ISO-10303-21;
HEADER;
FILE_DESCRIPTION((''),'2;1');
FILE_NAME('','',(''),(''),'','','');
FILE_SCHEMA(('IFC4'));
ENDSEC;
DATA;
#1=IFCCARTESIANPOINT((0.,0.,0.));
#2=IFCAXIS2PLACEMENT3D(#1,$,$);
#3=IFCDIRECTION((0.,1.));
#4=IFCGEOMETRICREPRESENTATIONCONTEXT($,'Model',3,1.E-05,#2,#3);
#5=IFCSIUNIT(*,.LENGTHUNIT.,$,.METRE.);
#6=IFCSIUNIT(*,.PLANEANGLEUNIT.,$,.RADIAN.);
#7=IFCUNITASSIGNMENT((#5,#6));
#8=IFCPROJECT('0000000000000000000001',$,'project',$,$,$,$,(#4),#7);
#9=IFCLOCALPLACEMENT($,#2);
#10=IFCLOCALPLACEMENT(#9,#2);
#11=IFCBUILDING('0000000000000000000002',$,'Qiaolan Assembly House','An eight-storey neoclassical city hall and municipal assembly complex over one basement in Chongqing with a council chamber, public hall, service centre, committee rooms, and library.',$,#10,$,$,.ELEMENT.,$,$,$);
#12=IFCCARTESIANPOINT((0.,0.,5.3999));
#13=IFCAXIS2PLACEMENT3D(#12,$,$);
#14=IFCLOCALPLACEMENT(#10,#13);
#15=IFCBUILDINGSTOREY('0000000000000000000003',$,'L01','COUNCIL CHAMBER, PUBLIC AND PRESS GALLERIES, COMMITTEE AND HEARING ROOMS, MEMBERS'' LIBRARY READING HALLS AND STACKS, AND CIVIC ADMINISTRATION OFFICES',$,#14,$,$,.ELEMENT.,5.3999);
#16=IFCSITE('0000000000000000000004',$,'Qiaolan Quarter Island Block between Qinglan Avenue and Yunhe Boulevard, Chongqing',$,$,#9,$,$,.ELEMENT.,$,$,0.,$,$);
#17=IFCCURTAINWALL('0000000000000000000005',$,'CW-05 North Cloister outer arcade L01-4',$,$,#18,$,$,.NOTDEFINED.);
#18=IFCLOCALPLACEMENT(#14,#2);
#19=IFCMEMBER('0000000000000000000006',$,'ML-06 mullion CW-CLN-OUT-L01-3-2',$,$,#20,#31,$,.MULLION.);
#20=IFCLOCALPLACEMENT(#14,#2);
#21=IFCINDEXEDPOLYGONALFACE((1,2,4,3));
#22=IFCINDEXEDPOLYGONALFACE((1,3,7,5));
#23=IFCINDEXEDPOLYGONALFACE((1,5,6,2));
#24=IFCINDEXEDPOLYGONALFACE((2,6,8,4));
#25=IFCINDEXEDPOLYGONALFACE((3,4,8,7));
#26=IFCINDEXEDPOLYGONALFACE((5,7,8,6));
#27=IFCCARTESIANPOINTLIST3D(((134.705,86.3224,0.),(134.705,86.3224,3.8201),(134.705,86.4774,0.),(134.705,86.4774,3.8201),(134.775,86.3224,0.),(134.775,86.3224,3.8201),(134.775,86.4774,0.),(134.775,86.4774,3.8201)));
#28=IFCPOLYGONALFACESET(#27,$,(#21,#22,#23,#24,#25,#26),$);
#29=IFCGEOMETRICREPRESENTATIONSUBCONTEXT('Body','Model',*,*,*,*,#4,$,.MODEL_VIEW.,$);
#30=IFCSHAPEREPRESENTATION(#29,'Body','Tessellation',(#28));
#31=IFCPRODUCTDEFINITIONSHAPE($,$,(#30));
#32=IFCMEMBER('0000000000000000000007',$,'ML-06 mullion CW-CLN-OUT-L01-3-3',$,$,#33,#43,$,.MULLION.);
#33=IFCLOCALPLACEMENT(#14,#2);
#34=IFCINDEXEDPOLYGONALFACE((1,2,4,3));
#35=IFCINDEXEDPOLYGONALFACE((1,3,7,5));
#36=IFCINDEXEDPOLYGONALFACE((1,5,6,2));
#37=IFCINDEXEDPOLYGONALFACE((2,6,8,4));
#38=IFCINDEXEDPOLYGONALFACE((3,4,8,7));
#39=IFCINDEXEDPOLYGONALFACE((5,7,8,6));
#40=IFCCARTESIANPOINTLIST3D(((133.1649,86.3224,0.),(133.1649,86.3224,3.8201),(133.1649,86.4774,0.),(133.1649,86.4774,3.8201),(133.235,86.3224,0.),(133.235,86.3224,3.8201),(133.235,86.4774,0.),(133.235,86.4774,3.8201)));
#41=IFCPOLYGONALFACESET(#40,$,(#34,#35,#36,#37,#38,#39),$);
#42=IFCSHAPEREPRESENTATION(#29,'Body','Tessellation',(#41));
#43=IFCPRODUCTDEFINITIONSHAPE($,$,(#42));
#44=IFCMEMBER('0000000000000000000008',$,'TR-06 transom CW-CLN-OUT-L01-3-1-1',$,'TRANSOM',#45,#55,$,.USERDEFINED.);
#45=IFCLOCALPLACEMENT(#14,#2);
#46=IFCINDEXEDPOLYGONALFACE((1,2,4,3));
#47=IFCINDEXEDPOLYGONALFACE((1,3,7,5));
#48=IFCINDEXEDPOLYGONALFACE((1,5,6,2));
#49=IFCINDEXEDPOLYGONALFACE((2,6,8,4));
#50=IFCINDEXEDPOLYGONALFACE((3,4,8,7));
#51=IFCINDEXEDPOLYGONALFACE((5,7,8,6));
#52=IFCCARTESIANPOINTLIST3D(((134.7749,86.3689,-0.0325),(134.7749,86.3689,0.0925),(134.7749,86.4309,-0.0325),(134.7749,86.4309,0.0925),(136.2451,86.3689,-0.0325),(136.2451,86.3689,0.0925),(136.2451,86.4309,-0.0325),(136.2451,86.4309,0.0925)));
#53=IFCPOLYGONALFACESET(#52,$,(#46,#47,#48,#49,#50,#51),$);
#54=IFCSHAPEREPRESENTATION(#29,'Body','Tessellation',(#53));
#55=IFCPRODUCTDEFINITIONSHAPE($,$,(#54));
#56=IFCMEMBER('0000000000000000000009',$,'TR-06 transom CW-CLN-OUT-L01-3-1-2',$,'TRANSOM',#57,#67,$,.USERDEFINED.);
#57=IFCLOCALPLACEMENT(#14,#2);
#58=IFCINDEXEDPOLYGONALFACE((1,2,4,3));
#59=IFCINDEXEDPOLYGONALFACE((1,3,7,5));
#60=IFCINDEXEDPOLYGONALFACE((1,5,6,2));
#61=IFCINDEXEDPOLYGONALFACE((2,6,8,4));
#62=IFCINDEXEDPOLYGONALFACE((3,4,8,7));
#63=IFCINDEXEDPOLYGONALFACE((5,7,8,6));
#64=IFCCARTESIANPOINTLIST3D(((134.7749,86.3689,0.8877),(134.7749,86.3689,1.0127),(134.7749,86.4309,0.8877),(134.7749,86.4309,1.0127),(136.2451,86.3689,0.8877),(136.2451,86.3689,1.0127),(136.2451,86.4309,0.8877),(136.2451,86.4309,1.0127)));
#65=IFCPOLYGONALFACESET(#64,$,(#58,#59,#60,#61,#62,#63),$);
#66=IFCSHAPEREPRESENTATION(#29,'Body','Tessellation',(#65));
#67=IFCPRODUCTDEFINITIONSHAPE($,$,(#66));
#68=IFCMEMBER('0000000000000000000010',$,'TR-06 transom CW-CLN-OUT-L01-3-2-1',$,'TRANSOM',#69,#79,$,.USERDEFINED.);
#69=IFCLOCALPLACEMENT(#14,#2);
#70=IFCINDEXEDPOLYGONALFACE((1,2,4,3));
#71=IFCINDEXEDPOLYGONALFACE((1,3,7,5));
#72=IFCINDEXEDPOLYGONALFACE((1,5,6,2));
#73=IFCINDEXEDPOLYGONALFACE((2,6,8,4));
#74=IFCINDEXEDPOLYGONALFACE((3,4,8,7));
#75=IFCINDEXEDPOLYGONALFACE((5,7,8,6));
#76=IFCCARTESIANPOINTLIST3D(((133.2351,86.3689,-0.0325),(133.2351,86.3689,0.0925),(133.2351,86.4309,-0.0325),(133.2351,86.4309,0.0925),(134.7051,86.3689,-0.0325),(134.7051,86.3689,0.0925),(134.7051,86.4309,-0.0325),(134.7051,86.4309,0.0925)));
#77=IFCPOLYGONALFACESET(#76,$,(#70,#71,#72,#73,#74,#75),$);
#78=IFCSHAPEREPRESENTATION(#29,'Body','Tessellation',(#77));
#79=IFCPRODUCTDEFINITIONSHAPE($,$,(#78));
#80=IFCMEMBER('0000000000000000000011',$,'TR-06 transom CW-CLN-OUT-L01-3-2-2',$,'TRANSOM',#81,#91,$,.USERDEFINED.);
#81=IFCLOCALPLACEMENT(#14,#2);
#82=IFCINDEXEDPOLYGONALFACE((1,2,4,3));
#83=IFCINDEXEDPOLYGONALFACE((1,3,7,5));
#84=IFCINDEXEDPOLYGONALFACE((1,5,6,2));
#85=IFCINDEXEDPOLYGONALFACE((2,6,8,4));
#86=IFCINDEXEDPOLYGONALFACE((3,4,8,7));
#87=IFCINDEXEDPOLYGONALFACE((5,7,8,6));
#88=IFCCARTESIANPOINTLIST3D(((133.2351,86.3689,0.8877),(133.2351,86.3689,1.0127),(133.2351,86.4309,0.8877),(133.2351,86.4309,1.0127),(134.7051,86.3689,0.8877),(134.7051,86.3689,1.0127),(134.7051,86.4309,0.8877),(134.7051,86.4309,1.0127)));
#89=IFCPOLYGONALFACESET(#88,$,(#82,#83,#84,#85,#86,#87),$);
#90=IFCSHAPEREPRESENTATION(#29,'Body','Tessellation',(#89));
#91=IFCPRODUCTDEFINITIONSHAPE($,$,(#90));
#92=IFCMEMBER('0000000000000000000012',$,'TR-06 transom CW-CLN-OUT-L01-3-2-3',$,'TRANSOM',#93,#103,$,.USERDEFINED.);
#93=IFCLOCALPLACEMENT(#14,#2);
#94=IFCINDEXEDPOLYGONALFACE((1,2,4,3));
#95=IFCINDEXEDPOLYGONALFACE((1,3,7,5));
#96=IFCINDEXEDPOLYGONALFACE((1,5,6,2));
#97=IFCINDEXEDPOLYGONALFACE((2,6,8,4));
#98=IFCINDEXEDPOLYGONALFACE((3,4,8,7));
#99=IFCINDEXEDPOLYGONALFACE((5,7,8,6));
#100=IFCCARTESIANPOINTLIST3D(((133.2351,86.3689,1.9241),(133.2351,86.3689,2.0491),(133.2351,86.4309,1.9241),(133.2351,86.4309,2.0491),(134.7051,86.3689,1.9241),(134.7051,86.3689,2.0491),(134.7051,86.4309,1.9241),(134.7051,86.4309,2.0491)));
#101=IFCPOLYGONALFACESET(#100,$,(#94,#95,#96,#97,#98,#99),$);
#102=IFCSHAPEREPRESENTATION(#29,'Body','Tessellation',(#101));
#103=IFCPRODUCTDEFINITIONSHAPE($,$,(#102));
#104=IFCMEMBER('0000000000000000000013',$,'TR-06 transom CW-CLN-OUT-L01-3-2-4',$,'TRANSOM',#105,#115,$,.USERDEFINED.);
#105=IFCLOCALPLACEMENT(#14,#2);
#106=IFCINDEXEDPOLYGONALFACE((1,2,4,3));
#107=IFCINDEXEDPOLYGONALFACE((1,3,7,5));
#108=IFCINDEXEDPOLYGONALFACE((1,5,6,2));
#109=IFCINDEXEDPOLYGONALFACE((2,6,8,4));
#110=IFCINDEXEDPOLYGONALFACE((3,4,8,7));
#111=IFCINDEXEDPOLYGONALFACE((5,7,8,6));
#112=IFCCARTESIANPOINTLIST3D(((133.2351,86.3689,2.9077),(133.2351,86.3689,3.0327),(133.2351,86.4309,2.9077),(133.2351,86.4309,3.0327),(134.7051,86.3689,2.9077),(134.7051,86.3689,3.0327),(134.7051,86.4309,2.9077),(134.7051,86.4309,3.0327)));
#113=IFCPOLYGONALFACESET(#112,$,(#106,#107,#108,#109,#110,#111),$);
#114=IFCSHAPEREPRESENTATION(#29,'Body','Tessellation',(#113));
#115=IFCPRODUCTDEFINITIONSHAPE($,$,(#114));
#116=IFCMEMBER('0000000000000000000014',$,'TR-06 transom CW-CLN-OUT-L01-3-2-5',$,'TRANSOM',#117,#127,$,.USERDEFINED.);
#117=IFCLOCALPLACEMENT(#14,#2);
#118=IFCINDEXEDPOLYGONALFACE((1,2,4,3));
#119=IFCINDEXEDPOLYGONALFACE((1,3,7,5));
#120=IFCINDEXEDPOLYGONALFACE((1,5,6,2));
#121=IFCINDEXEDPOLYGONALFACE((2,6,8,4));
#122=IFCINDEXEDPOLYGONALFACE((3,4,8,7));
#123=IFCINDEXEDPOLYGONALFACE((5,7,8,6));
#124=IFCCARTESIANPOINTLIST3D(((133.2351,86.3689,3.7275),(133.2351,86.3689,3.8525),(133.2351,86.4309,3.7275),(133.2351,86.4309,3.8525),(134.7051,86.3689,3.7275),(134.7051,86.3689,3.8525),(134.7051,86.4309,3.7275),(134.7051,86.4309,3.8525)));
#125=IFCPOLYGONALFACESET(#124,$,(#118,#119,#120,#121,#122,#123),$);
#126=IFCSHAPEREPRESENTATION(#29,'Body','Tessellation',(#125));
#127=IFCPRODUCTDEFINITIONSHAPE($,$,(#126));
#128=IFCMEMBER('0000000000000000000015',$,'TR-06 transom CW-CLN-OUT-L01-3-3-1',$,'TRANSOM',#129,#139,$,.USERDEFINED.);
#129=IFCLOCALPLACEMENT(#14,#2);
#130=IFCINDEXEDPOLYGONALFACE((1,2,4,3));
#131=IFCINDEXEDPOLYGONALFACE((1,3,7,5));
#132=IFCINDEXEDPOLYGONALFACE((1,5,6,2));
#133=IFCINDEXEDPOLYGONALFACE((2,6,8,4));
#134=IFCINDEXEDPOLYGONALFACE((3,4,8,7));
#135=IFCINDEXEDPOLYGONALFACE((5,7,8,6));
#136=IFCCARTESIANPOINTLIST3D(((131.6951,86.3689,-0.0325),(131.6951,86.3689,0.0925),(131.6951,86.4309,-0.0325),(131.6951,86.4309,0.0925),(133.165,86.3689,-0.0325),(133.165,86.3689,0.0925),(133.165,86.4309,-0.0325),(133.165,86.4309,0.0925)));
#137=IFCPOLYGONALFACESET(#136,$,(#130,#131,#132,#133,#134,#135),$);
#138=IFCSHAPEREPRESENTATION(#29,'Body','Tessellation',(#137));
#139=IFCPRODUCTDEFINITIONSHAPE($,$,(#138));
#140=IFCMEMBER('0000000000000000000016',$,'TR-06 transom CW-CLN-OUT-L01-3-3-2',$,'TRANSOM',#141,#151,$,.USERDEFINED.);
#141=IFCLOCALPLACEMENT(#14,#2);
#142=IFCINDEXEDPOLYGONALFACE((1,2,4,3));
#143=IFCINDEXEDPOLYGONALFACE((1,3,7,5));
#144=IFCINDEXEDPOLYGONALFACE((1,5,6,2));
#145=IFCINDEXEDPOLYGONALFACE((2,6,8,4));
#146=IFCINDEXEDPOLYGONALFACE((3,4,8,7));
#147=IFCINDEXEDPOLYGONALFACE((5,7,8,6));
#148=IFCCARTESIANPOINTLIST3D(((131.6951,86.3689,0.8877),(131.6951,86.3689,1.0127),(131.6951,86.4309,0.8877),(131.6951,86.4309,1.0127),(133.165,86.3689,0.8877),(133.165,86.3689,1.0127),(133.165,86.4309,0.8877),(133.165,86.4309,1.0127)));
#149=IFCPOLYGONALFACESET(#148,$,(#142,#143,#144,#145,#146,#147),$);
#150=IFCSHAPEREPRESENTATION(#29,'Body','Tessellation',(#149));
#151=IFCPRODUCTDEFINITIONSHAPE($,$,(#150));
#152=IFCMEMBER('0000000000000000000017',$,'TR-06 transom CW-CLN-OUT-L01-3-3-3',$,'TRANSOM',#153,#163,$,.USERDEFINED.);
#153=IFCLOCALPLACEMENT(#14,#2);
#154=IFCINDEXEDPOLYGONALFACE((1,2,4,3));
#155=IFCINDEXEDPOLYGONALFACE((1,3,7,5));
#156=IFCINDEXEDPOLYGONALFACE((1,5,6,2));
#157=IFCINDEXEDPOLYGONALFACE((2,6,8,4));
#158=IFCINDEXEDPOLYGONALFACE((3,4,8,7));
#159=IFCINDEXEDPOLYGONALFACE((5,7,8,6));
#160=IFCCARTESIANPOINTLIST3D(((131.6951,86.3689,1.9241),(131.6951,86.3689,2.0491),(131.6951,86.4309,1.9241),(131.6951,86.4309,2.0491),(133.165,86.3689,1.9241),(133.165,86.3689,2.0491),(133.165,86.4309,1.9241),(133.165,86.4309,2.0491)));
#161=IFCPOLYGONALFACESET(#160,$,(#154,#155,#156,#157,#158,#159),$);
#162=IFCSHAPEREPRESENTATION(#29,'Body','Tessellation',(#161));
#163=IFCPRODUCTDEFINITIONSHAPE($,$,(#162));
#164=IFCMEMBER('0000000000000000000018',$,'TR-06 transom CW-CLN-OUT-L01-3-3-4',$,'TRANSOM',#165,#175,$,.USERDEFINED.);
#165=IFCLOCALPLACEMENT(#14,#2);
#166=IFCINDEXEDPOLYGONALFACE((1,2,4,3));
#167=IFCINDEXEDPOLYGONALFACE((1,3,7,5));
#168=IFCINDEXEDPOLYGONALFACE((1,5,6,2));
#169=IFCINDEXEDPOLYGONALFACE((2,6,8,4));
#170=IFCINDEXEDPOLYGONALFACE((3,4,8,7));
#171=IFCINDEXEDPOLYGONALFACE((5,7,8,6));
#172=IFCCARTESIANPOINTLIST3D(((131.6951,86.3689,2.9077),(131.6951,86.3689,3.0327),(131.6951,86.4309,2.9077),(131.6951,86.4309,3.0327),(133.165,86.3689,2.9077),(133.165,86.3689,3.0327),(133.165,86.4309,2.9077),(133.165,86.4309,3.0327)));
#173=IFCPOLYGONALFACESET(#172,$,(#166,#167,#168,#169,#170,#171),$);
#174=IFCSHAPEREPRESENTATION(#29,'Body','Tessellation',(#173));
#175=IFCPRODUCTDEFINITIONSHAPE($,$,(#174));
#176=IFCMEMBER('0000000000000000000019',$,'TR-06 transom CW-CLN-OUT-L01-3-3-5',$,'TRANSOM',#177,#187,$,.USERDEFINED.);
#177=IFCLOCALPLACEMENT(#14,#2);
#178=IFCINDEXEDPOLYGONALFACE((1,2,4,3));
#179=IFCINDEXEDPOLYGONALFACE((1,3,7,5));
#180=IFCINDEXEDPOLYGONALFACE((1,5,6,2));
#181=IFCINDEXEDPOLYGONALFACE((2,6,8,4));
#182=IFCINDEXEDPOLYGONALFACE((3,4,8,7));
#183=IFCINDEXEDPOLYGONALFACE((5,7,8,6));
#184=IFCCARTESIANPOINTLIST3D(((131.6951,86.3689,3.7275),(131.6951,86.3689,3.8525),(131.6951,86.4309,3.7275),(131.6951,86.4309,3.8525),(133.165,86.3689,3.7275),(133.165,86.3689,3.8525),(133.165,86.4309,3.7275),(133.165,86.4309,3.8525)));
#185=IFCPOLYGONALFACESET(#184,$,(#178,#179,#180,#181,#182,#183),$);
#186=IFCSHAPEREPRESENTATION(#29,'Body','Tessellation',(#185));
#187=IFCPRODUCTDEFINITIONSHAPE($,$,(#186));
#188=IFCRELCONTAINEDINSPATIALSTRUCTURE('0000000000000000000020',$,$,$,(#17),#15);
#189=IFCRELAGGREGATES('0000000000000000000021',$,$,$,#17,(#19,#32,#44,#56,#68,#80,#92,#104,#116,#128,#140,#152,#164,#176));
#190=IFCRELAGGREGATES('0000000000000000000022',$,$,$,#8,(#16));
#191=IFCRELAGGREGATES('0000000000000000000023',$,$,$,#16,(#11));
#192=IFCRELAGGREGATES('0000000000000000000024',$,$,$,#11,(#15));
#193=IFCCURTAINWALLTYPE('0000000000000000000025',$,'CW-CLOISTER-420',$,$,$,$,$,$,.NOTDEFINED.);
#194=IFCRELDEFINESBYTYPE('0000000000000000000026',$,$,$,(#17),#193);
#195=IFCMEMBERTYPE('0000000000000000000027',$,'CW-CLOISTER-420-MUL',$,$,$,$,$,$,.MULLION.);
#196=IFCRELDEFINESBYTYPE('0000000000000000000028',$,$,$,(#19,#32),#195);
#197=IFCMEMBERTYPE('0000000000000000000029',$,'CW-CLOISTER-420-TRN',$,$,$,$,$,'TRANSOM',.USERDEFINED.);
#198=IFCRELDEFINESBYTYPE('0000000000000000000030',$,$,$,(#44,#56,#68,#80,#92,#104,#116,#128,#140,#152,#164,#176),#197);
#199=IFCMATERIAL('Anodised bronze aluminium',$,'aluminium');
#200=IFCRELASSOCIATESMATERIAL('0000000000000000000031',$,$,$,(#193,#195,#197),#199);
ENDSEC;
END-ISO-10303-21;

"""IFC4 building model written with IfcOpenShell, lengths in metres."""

from ifc_helpers import new_model, si_unit, direction, frame, origin, origin_2d, place, context, subcontext, project, spatial, rectangle, extrude, material, material_profile, profile_set, type_object, element, aggregate, save


model = new_model("IFC4")

# Units and contexts
model_context = context("Model", 3, precision=1e-05, world=origin(), true_north=direction((0.0, 1.0)))
body_context = subcontext(model_context, "Body", "Model", "MODEL_VIEW")
ifc_project = project(units=[si_unit("LENGTHUNIT", "METRE"), si_unit("PLANEANGLEUNIT", "RADIAN")], contexts=[model_context])

# Site, building, storey
site_placement = place(None, origin())
site = spatial("IfcSite", under=ifc_project, at=site_placement, Name="Qiaolan Quarter Island Block between Qinglan Avenue and Yunhe Boulevard, Chongqing", CompositionType="ELEMENT", RefElevation=0.0)
building_placement = place(site_placement, origin())
building = spatial("IfcBuilding", under=site, at=building_placement, Name="Qiaolan Assembly House", Description="An eight-storey neoclassical city hall and municipal assembly complex over one basement in Chongqing with a council chamber, public hall, service centre, committee rooms, and library.", CompositionType="ELEMENT")
storey_placement = place(building_placement, frame((0.0, 0.0, 5.3999)))
storey = spatial("IfcBuildingStorey", under=building, at=storey_placement, Name="L01", Description="COUNCIL CHAMBER, PUBLIC AND PRESS GALLERIES, COMMITTEE AND HEARING ROOMS, MEMBERS' LIBRARY READING HALLS AND STACKS, AND CIVIC ADMINISTRATION OFFICES", CompositionType="ELEMENT", Elevation=5.3999)

# Curtain wall, members
ifc_material_1 = material(Name="Anodised bronze aluminium", Category="aluminium")
curtain_wall_type = type_object("IfcCurtainWallType", Name="CW-CLOISTER-420", PredefinedType="NOTDEFINED", material=ifc_material_1)
curtain_wall_placement = place(storey_placement, origin())
curtain_wall = element("IfcCurtainWall", 1, at=curtain_wall_placement, inside=storey, type_object=curtain_wall_type, Name="CW-05 North Cloister outer arcade L01-4", PredefinedType="NOTDEFINED")
ifc_material_profile_1 = material_profile(ifc_material_1, rectangle(XDim=0.0701, YDim=0.155, at=origin_2d()), Name="MUL 70x155")
ifc_profile_set_1 = profile_set([ifc_material_profile_1], Name="Anodised bronze aluminium")
member_type_1 = type_object("IfcMemberType", Name="CW-CLOISTER-420-MUL", PredefinedType="MULLION", material=ifc_profile_set_1)
member_1_placement = place(storey_placement, frame((134.74, 86.3999, 0.0), z_axis=(0.0, 0.0, 1.0), x_axis=(-1.0, 0.0, 0.0)))
member_1 = element("IfcMember", 2, at=member_1_placement, type_object=member_type_1, Name="ML-06 mullion CW-CLN-OUT-L01-3-2", PredefinedType="MULLION", context=body_context, shape_type="SweptSolid", body=[
    extrude(rectangle(XDim=0.0701, YDim=0.155, at=origin_2d()), origin(), (0.0, 0.0, 1.0), 3.8201),
])
member_2_placement = place(storey_placement, frame((133.2, 86.3999, 0.0), z_axis=(0.0, 0.0, 1.0), x_axis=(-1.0, 0.0, 0.0)))
member_2 = element("IfcMember", 3, at=member_2_placement, type_object=member_type_1, Name="ML-06 mullion CW-CLN-OUT-L01-3-3", PredefinedType="MULLION", context=body_context, shape_type="SweptSolid", body=[
    extrude(rectangle(XDim=0.0701, YDim=0.155, at=origin_2d()), origin(), (0.0, 0.0, 1.0), 3.8201),
])
ifc_material_profile_2 = material_profile(ifc_material_1, rectangle(XDim=0.062, YDim=0.125, at=origin_2d()), Name="TRN 62x125")
ifc_profile_set_2 = profile_set([ifc_material_profile_2], Name="Anodised bronze aluminium")
member_type_2 = type_object("IfcMemberType", Name="CW-CLOISTER-420-TRN", ElementType="TRANSOM", PredefinedType="USERDEFINED", material=ifc_profile_set_2)
member_3_placement = place(storey_placement, frame((136.2451, 86.3999, 0.03), z_axis=(-1.0, 0.0, 0.0), x_axis=(0.0, -1.0, 0.0)))
member_3 = element("IfcMember", 4, at=member_3_placement, type_object=member_type_2, Name="TR-06 transom CW-CLN-OUT-L01-3-1-1", ObjectType="TRANSOM", PredefinedType="USERDEFINED", context=body_context, shape_type="SweptSolid", body=[
    extrude(rectangle(XDim=0.062, YDim=0.125, at=origin_2d()), origin(), (0.0, 0.0, 1.0), 1.4702),
])
member_4_placement = place(storey_placement, frame((136.2451, 86.3999, 0.9502), z_axis=(-1.0, 0.0, 0.0), x_axis=(0.0, -1.0, 0.0)))
member_4 = element("IfcMember", 5, at=member_4_placement, type_object=member_type_2, Name="TR-06 transom CW-CLN-OUT-L01-3-1-2", ObjectType="TRANSOM", PredefinedType="USERDEFINED", context=body_context, shape_type="SweptSolid", body=[
    extrude(rectangle(XDim=0.062, YDim=0.125, at=origin_2d()), origin(), (0.0, 0.0, 1.0), 1.4702),
])
member_5_placement = place(storey_placement, frame((134.7051, 86.3999, 0.03), z_axis=(-1.0, 0.0, 0.0), x_axis=(0.0, -1.0, 0.0)))
member_5 = element("IfcMember", 6, at=member_5_placement, type_object=member_type_2, Name="TR-06 transom CW-CLN-OUT-L01-3-2-1", ObjectType="TRANSOM", PredefinedType="USERDEFINED", context=body_context, shape_type="SweptSolid", body=[
    extrude(rectangle(XDim=0.062, YDim=0.125, at=origin_2d()), origin(), (0.0, 0.0, 1.0), 1.47),
])
member_6_placement = place(storey_placement, frame((134.7051, 86.3999, 0.9502), z_axis=(-1.0, 0.0, 0.0), x_axis=(0.0, -1.0, 0.0)))
member_6 = element("IfcMember", 7, at=member_6_placement, type_object=member_type_2, Name="TR-06 transom CW-CLN-OUT-L01-3-2-2", ObjectType="TRANSOM", PredefinedType="USERDEFINED", context=body_context, shape_type="SweptSolid", body=[
    extrude(rectangle(XDim=0.062, YDim=0.125, at=origin_2d()), origin(), (0.0, 0.0, 1.0), 1.47),
])
member_7_placement = place(storey_placement, frame((134.7051, 86.3999, 1.9866), z_axis=(-1.0, 0.0, 0.0), x_axis=(0.0, -1.0, 0.0)))
member_7 = element("IfcMember", 8, at=member_7_placement, type_object=member_type_2, Name="TR-06 transom CW-CLN-OUT-L01-3-2-3", ObjectType="TRANSOM", PredefinedType="USERDEFINED", context=body_context, shape_type="SweptSolid", body=[
    extrude(rectangle(XDim=0.062, YDim=0.125, at=origin_2d()), origin(), (0.0, 0.0, 1.0), 1.47),
])
member_8_placement = place(storey_placement, frame((134.7051, 86.3999, 2.9702), z_axis=(-1.0, 0.0, 0.0), x_axis=(0.0, -1.0, 0.0)))
member_8 = element("IfcMember", 9, at=member_8_placement, type_object=member_type_2, Name="TR-06 transom CW-CLN-OUT-L01-3-2-4", ObjectType="TRANSOM", PredefinedType="USERDEFINED", context=body_context, shape_type="SweptSolid", body=[
    extrude(rectangle(XDim=0.062, YDim=0.125, at=origin_2d()), origin(), (0.0, 0.0, 1.0), 1.47),
])
member_9_placement = place(storey_placement, frame((134.7051, 86.3999, 3.79), z_axis=(-1.0, 0.0, 0.0), x_axis=(0.0, -1.0, 0.0)))
member_9 = element("IfcMember", 10, at=member_9_placement, type_object=member_type_2, Name="TR-06 transom CW-CLN-OUT-L01-3-2-5", ObjectType="TRANSOM", PredefinedType="USERDEFINED", context=body_context, shape_type="SweptSolid", body=[
    extrude(rectangle(XDim=0.062, YDim=0.125, at=origin_2d()), origin(), (0.0, 0.0, 1.0), 1.47),
])
member_10_placement = place(storey_placement, frame((133.165, 86.3999, 0.03), z_axis=(-1.0, 0.0, 0.0), x_axis=(0.0, -1.0, 0.0)))
member_10 = element("IfcMember", 11, at=member_10_placement, type_object=member_type_2, Name="TR-06 transom CW-CLN-OUT-L01-3-3-1", ObjectType="TRANSOM", PredefinedType="USERDEFINED", context=body_context, shape_type="SweptSolid", body=[
    extrude(rectangle(XDim=0.062, YDim=0.125, at=origin_2d()), origin(), (0.0, 0.0, 1.0), 1.47),
])
member_11_placement = place(storey_placement, frame((133.165, 86.3999, 0.9502), z_axis=(-1.0, 0.0, 0.0), x_axis=(0.0, -1.0, 0.0)))
member_11 = element("IfcMember", 12, at=member_11_placement, type_object=member_type_2, Name="TR-06 transom CW-CLN-OUT-L01-3-3-2", ObjectType="TRANSOM", PredefinedType="USERDEFINED", context=body_context, shape_type="SweptSolid", body=[
    extrude(rectangle(XDim=0.062, YDim=0.125, at=origin_2d()), origin(), (0.0, 0.0, 1.0), 1.47),
])
member_12_placement = place(storey_placement, frame((133.165, 86.3999, 1.9866), z_axis=(-1.0, 0.0, 0.0), x_axis=(0.0, -1.0, 0.0)))
member_12 = element("IfcMember", 13, at=member_12_placement, type_object=member_type_2, Name="TR-06 transom CW-CLN-OUT-L01-3-3-3", ObjectType="TRANSOM", PredefinedType="USERDEFINED", context=body_context, shape_type="SweptSolid", body=[
    extrude(rectangle(XDim=0.062, YDim=0.125, at=origin_2d()), origin(), (0.0, 0.0, 1.0), 1.47),
])
member_13_placement = place(storey_placement, frame((133.165, 86.3999, 2.9702), z_axis=(-1.0, 0.0, 0.0), x_axis=(0.0, -1.0, 0.0)))
member_13 = element("IfcMember", 14, at=member_13_placement, type_object=member_type_2, Name="TR-06 transom CW-CLN-OUT-L01-3-3-4", ObjectType="TRANSOM", PredefinedType="USERDEFINED", context=body_context, shape_type="SweptSolid", body=[
    extrude(rectangle(XDim=0.062, YDim=0.125, at=origin_2d()), origin(), (0.0, 0.0, 1.0), 1.47),
])
member_14_placement = place(storey_placement, frame((133.165, 86.3999, 3.79), z_axis=(-1.0, 0.0, 0.0), x_axis=(0.0, -1.0, 0.0)))
member_14 = element("IfcMember", 15, at=member_14_placement, type_object=member_type_2, Name="TR-06 transom CW-CLN-OUT-L01-3-3-5", ObjectType="TRANSOM", PredefinedType="USERDEFINED", context=body_context, shape_type="SweptSolid", body=[
    extrude(rectangle(XDim=0.062, YDim=0.125, at=origin_2d()), origin(), (0.0, 0.0, 1.0), 1.47),
])

aggregate(curtain_wall, [member_1, member_2, member_3, member_4, member_5, member_6, member_7, member_8, member_9, member_10, member_11, member_12, member_13, member_14])

save(model, "model.ifc")
